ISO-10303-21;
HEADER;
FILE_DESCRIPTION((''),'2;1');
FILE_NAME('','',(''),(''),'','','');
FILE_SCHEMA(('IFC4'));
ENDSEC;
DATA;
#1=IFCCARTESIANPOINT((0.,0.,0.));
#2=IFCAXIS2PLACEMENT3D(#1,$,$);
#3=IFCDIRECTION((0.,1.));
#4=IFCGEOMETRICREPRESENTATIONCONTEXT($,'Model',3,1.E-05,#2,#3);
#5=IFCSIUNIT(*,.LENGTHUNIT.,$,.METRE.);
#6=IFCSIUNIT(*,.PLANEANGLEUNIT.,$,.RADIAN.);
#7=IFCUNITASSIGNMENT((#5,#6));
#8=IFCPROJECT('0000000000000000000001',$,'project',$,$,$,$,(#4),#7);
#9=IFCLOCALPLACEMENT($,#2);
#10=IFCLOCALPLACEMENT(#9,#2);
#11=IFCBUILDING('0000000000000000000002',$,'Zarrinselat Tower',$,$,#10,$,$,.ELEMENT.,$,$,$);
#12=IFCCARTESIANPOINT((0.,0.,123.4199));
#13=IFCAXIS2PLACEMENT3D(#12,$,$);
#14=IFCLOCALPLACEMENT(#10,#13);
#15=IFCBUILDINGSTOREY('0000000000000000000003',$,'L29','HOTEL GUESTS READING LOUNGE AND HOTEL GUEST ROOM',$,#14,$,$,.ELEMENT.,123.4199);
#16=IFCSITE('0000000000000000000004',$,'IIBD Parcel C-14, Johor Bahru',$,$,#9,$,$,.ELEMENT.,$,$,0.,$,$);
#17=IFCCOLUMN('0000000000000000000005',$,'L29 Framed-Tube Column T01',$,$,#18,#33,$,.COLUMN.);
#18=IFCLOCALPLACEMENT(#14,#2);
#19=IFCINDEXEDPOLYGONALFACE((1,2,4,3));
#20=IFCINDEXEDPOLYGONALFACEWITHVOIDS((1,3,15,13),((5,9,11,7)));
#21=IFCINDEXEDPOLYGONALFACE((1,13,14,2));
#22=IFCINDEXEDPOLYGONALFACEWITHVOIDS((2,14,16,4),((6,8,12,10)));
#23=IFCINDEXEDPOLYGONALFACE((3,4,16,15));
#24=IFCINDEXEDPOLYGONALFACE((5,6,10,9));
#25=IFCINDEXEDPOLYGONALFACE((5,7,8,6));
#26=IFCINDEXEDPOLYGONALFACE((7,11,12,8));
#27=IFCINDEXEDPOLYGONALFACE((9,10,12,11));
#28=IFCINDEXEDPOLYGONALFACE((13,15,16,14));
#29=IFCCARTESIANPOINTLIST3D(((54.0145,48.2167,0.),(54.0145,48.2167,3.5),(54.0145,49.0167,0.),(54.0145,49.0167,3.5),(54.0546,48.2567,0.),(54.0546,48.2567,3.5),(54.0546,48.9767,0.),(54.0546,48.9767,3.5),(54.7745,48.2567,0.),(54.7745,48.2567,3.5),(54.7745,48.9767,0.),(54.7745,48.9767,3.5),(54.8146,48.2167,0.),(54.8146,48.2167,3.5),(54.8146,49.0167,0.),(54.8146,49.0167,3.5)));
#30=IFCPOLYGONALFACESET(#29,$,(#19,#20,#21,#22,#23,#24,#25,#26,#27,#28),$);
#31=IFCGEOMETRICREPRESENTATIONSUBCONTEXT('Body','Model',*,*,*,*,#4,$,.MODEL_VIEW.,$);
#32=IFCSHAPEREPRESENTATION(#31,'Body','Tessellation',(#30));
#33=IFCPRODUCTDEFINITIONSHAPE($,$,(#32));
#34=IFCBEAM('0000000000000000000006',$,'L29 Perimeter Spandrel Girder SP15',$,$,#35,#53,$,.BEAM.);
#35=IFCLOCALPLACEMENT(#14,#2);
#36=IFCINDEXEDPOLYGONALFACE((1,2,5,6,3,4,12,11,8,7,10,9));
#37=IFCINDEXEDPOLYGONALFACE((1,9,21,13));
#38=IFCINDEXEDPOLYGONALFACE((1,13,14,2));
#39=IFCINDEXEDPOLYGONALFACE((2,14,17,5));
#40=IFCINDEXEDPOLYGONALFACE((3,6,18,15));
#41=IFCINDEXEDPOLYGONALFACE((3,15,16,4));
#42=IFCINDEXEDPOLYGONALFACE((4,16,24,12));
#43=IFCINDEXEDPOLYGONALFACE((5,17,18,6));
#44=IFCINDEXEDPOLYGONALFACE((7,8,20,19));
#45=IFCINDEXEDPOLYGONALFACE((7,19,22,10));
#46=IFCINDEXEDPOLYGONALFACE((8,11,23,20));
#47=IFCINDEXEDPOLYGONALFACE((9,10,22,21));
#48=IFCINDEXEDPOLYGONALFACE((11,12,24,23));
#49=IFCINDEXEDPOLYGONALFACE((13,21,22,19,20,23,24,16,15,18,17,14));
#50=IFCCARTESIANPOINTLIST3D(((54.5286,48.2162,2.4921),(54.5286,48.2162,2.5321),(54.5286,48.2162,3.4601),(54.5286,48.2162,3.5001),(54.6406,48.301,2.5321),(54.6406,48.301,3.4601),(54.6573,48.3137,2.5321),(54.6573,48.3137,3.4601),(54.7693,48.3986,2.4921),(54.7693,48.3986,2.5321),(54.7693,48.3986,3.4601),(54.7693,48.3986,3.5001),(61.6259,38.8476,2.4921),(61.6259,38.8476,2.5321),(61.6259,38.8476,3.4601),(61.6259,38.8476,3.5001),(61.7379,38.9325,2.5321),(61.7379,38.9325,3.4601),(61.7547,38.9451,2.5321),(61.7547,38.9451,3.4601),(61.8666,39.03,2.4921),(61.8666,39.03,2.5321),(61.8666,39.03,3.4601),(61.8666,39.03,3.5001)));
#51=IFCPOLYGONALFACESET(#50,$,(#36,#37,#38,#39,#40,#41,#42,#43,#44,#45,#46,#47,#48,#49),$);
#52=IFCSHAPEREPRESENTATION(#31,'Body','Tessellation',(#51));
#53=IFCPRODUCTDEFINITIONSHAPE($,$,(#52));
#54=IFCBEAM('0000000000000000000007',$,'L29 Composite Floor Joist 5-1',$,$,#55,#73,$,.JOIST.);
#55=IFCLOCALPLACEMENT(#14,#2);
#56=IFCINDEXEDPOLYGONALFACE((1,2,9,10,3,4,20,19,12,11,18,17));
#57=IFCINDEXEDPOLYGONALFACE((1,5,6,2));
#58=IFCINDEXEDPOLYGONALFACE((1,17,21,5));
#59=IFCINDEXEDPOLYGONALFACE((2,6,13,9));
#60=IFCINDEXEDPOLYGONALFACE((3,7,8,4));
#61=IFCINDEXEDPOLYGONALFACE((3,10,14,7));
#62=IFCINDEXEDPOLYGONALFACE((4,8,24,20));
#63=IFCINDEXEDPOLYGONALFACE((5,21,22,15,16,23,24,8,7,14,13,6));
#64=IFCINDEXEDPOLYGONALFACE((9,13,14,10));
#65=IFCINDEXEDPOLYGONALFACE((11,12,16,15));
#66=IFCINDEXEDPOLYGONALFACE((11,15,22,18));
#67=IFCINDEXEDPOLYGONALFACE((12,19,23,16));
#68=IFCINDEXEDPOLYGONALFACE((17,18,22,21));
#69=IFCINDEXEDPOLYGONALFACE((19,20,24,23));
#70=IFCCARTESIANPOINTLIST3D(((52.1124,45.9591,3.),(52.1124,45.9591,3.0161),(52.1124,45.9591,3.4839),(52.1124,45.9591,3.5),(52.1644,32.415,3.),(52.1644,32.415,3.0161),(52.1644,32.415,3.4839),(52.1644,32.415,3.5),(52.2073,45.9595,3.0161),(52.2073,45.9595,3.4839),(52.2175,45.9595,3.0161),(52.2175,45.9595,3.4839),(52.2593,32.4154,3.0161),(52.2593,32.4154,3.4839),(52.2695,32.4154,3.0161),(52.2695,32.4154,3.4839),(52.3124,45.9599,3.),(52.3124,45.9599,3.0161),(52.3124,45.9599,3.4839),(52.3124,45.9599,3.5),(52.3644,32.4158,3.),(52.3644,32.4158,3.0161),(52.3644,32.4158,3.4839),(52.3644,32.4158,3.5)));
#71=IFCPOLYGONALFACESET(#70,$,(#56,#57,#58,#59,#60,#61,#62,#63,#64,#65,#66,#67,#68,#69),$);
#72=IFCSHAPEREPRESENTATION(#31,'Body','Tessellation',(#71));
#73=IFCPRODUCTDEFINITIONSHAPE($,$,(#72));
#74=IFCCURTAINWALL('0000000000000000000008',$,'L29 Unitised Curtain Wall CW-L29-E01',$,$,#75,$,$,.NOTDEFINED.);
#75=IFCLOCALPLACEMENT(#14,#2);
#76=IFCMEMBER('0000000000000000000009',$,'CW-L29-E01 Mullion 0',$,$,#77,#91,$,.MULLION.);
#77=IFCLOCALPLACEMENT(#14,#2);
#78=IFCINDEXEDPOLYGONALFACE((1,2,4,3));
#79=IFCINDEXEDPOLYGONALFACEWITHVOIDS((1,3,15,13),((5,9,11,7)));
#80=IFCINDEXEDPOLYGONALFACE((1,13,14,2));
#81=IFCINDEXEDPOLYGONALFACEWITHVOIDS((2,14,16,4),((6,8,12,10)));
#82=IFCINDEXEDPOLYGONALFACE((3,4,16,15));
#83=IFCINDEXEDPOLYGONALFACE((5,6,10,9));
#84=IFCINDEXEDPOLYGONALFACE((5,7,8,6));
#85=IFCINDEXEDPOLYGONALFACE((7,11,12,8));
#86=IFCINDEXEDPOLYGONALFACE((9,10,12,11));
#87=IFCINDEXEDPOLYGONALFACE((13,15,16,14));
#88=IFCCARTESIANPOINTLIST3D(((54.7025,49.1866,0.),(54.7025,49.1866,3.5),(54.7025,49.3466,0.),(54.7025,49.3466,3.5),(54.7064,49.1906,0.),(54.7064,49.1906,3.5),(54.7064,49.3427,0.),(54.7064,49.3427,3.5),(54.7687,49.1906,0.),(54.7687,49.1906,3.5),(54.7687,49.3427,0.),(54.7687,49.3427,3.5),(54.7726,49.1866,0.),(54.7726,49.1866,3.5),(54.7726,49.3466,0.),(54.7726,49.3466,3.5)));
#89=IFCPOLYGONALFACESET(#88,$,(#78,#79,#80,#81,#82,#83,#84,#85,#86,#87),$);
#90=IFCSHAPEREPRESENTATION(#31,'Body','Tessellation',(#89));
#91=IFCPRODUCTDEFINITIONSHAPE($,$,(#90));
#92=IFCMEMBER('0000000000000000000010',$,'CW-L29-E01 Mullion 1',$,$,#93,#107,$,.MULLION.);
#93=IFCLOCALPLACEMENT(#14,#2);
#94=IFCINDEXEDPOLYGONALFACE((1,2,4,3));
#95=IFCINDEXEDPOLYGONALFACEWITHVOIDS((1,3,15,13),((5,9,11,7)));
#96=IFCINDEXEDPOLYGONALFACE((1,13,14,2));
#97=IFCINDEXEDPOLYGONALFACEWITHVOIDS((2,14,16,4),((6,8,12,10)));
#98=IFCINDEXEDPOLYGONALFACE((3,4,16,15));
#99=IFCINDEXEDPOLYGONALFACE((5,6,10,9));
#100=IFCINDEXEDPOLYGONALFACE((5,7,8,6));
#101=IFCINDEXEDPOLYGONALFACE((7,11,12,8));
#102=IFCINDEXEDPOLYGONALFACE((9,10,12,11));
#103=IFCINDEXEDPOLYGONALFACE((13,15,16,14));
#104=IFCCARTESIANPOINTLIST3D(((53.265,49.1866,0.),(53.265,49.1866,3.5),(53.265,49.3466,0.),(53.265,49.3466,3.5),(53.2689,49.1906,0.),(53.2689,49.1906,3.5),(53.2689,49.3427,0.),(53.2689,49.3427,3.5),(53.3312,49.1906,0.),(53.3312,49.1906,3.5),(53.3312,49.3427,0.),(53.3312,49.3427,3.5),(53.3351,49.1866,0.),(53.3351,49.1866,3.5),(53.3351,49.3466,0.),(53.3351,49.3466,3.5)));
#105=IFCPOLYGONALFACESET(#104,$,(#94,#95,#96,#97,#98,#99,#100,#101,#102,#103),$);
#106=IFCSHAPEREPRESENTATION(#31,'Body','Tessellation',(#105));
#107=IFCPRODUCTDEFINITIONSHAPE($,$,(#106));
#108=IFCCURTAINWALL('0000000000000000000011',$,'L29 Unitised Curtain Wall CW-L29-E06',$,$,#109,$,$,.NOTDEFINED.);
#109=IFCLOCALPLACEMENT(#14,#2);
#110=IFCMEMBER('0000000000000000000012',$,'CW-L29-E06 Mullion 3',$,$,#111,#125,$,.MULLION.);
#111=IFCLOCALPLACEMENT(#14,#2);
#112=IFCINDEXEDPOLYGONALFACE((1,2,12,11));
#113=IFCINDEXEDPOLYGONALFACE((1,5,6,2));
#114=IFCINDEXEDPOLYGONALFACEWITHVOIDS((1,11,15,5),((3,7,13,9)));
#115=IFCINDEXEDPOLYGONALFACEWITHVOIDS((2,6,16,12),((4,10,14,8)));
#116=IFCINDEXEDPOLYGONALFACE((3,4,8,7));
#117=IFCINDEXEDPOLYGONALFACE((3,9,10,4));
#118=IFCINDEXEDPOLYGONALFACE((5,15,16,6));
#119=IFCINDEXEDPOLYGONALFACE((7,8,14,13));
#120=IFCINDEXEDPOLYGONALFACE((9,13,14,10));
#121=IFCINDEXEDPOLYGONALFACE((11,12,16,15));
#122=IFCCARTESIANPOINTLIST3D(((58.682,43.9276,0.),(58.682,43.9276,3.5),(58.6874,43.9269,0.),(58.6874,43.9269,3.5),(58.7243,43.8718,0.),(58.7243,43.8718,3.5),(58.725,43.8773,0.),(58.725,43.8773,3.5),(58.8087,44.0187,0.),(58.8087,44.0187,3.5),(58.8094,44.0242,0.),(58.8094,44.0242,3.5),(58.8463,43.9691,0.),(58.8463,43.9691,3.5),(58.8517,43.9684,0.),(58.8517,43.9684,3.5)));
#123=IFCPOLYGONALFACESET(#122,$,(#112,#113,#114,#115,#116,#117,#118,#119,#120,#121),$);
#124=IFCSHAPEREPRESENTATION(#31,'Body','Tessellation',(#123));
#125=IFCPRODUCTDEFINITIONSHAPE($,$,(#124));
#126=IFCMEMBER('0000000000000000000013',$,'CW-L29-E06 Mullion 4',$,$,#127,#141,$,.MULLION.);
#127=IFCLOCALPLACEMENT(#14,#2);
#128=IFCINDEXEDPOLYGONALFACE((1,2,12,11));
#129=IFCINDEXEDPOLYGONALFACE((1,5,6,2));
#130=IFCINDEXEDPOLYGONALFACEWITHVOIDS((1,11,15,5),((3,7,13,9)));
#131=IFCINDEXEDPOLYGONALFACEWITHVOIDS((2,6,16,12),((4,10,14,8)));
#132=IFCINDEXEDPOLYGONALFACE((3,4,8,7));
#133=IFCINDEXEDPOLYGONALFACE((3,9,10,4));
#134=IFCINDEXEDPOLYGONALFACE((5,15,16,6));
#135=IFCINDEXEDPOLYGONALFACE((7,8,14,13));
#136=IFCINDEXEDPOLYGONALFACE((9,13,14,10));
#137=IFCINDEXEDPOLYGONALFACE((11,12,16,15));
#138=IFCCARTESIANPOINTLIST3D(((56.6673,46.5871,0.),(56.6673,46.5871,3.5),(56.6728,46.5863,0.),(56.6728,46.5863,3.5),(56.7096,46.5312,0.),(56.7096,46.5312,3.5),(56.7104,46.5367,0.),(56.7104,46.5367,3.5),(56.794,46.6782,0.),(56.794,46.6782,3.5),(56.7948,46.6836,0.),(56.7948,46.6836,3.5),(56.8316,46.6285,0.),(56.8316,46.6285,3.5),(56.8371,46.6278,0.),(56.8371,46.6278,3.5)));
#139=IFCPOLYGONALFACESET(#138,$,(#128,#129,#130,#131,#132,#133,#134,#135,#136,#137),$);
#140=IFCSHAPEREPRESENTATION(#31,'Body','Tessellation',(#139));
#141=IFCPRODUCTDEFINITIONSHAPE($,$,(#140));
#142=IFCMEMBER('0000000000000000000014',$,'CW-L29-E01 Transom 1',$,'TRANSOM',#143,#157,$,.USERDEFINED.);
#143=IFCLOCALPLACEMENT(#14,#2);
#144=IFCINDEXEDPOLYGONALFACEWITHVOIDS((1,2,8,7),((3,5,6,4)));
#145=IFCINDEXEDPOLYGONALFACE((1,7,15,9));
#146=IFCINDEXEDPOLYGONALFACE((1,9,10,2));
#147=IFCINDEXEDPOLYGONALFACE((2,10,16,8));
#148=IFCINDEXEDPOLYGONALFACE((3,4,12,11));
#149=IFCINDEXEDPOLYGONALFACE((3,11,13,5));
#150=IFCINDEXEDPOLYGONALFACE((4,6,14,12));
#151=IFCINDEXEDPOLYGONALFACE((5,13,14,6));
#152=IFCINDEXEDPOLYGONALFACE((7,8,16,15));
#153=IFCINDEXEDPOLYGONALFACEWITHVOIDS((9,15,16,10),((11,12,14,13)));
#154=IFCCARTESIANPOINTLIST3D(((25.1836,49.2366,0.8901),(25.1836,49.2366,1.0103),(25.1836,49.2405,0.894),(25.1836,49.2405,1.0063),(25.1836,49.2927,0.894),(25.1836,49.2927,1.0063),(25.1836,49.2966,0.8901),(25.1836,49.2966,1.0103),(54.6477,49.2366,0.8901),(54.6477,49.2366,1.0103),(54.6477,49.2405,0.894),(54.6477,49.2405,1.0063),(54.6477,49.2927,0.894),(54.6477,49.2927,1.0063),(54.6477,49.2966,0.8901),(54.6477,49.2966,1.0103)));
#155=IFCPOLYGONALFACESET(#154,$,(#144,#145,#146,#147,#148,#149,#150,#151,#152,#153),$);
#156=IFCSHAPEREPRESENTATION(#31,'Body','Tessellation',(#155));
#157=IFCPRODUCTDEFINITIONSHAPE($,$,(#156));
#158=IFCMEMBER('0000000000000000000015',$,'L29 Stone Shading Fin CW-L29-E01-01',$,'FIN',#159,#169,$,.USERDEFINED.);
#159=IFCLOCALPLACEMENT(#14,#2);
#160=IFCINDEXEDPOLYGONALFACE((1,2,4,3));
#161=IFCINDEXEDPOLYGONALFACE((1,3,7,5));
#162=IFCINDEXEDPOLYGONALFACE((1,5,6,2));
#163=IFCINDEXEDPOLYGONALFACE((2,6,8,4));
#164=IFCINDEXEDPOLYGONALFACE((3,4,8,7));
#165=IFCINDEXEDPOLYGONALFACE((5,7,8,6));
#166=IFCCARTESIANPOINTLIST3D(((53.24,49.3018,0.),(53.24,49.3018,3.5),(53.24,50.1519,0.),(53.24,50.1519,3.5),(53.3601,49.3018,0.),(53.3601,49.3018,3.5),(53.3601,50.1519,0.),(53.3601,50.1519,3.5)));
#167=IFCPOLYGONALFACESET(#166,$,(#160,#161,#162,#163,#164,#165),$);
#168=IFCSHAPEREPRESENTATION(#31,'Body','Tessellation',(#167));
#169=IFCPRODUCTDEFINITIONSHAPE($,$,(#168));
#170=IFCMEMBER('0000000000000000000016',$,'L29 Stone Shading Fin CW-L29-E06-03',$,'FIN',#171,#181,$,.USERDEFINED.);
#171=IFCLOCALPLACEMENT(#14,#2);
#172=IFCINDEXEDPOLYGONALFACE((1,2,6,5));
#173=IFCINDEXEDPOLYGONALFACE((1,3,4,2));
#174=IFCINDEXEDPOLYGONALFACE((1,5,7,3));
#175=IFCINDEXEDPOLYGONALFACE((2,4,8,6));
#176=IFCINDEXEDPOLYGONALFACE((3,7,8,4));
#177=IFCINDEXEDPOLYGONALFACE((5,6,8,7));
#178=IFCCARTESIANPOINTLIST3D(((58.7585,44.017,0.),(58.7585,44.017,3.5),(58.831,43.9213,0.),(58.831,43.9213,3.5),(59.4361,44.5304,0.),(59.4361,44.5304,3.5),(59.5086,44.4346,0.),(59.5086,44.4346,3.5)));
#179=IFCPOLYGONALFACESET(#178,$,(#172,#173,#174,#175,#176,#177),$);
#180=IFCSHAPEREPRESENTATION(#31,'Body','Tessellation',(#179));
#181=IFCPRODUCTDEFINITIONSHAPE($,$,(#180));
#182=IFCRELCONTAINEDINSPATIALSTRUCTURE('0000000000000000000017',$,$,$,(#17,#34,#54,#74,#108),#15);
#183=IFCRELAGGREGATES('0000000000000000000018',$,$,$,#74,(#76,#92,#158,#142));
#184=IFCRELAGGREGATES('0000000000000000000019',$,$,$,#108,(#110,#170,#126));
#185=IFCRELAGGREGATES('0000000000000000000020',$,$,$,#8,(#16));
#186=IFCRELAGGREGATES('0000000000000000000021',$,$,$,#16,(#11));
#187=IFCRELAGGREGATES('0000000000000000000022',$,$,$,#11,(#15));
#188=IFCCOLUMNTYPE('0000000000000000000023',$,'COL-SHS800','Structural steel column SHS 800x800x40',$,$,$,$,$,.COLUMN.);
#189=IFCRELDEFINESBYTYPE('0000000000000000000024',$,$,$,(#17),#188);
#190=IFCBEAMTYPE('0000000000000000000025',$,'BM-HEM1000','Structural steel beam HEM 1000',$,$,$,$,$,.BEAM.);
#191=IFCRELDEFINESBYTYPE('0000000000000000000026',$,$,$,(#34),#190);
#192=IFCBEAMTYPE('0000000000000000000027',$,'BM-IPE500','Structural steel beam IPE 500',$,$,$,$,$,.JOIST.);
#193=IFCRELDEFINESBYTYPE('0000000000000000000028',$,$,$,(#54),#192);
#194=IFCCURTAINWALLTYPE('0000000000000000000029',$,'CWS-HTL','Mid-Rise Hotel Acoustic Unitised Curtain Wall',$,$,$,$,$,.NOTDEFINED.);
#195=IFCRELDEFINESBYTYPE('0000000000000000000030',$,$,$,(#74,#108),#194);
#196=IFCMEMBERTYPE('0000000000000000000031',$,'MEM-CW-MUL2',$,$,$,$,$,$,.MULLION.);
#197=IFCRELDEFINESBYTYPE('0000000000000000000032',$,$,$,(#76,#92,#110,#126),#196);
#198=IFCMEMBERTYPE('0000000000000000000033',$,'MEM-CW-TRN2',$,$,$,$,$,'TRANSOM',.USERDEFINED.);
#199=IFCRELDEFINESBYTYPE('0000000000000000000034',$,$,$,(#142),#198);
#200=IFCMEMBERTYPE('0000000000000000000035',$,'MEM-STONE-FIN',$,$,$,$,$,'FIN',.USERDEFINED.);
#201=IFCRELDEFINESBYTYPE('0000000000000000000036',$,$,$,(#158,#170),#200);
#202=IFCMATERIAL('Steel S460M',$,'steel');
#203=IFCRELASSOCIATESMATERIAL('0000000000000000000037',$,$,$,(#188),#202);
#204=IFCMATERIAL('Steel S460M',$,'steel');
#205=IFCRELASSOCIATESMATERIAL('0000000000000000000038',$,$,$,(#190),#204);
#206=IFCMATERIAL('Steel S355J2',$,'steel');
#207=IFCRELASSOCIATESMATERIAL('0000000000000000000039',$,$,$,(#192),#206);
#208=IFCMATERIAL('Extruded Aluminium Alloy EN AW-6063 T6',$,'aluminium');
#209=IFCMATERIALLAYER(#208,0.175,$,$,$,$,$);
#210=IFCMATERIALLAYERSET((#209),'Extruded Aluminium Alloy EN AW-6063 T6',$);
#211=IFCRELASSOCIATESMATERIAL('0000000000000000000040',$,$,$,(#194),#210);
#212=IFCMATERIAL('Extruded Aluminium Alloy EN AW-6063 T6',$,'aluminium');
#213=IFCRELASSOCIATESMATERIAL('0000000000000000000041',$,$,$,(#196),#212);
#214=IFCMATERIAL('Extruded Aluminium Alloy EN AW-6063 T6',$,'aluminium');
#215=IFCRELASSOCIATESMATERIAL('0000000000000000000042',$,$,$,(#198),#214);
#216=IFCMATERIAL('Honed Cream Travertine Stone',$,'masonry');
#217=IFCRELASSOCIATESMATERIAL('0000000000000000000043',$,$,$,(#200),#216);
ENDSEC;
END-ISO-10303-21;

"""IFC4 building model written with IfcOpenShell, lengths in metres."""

from ifc_helpers import new_model, si_unit, direction, frame, origin, origin_2d, place, context, subcontext, project, spatial, rectangle, hollow_rectangle, i_section, extrude, material, layer, layer_set, material_profile, profile_set, type_object, element, aggregate, save


model = new_model("IFC4")

# Units and contexts
model_context = context("Model", 3, precision=1e-05, world=origin(), true_north=direction((0.0, 1.0)))
body_context = subcontext(model_context, "Body", "Model", "MODEL_VIEW")
ifc_project = project(units=[si_unit("LENGTHUNIT", "METRE"), si_unit("PLANEANGLEUNIT", "RADIAN")], contexts=[model_context])

# Site, building, storey
site_placement = place(None, origin())
site = spatial("IfcSite", under=ifc_project, at=site_placement, Name="IIBD Parcel C-14, Johor Bahru", CompositionType="ELEMENT", RefElevation=0.0)
building_placement = place(site_placement, origin())
building = spatial("IfcBuilding", under=site, at=building_placement, Name="Zarrinselat Tower", CompositionType="ELEMENT")
storey_placement = place(building_placement, frame((0.0, 0.0, 123.4199)))
storey = spatial("IfcBuildingStorey", under=building, at=storey_placement, Name="L29", Description="HOTEL GUESTS READING LOUNGE AND HOTEL GUEST ROOM", CompositionType="ELEMENT", Elevation=123.4199)

# Column
ifc_material_1 = material(Name="Steel S460M", Category="steel")
ifc_material_profile_1 = material_profile(ifc_material_1, hollow_rectangle(XDim=0.8, YDim=0.8, WallThickness=0.04, at=origin_2d()), Name="SHS 800x800x40")
ifc_profile_set_1 = profile_set([ifc_material_profile_1], Name="Steel S460M")
column_type = type_object("IfcColumnType", Name="COL-SHS800", Description="Structural steel column SHS 800x800x40", PredefinedType="COLUMN", material=ifc_profile_set_1)
column_placement = place(storey_placement, frame((54.4146, 48.6167, 0.0), z_axis=(0.0, 0.0, 1.0), x_axis=(1.0, 0.0, 0.0)))
element("IfcColumn", 1, at=column_placement, inside=storey, type_object=column_type, Name="L29 Framed-Tube Column T01", PredefinedType="COLUMN", context=body_context, shape_type="SweptSolid", body=[
    extrude(hollow_rectangle(XDim=0.8, YDim=0.8, WallThickness=0.04, at=origin_2d()), origin(), (0.0, 0.0, 1.0), 3.5),
])

# Beams
ifc_material_2 = material(Name="Steel S460M", Category="steel")
ifc_material_profile_2 = material_profile(ifc_material_2, i_section(OverallWidth=0.302, OverallDepth=1.0081, WebThickness=0.021, FlangeThickness=0.04, at=origin_2d()), Name="HEM 1000")
ifc_profile_set_2 = profile_set([ifc_material_profile_2], Name="Steel S460M")
beam_type_1 = type_object("IfcBeamType", Name="BM-HEM1000", Description="Structural steel beam HEM 1000", PredefinedType="BEAM", material=ifc_profile_set_2)
beam_1_placement = place(storey_placement, frame((54.6489, 48.3074, 2.9961), z_axis=(0.603855, -0.797094, 0.0), x_axis=(0.797094, 0.603855, 0.0)))
element("IfcBeam", 2, at=beam_1_placement, inside=storey, type_object=beam_type_1, Name="L29 Perimeter Spandrel Girder SP15", PredefinedType="BEAM", context=body_context, shape_type="SweptSolid", body=[
    extrude(i_section(OverallWidth=0.302, OverallDepth=1.0081, WebThickness=0.021, FlangeThickness=0.04, at=origin_2d()), origin(), (0.0, 0.0, 1.0), 11.7534),
])
ifc_material_3 = material(Name="Steel S355J2", Category="steel")
ifc_material_profile_3 = material_profile(ifc_material_3, i_section(OverallWidth=0.2, OverallDepth=0.5, WebThickness=0.0103, FlangeThickness=0.0161, at=origin_2d()), Name="IPE 500")
ifc_profile_set_3 = profile_set([ifc_material_profile_3], Name="Steel S355J2")
beam_type_2 = type_object("IfcBeamType", Name="BM-IPE500", Description="Structural steel beam IPE 500", PredefinedType="JOIST", material=ifc_profile_set_3)
beam_2_placement = place(storey_placement, frame((52.2124, 45.9595, 3.25), z_axis=(0.003839, -0.999993, 0.0), x_axis=(0.999993, 0.003839, 0.0)))
element("IfcBeam", 3, at=beam_2_placement, inside=storey, type_object=beam_type_2, Name="L29 Composite Floor Joist 5-1", PredefinedType="JOIST", context=body_context, shape_type="SweptSolid", body=[
    extrude(i_section(OverallWidth=0.2, OverallDepth=0.5, WebThickness=0.0103, FlangeThickness=0.0161, at=origin_2d()), origin(), (0.0, 0.0, 1.0), 13.5442),
])

# Curtain walls, members
ifc_material_4 = material(Name="Extruded Aluminium Alloy EN AW-6063 T6", Category="aluminium")
ifc_layer_1 = layer(ifc_material_4, 0.175)
ifc_layer_set_1 = layer_set([ifc_layer_1], Name="Extruded Aluminium Alloy EN AW-6063 T6")
curtain_wall_type = type_object("IfcCurtainWallType", Name="CWS-HTL", Description="Mid-Rise Hotel Acoustic Unitised Curtain Wall", PredefinedType="NOTDEFINED", material=ifc_layer_set_1)
curtain_wall_1_placement = place(storey_placement, origin())
curtain_wall_1 = element("IfcCurtainWall", 4, at=curtain_wall_1_placement, inside=storey, type_object=curtain_wall_type, Name="L29 Unitised Curtain Wall CW-L29-E01", PredefinedType="NOTDEFINED")
ifc_material_5 = material(Name="Extruded Aluminium Alloy EN AW-6063 T6", Category="aluminium")
ifc_material_profile_4 = material_profile(ifc_material_5, hollow_rectangle(XDim=0.0701, YDim=0.1599, WallThickness=0.0039, at=origin_2d()), Name="RHS 160x70x4")
ifc_profile_set_4 = profile_set([ifc_material_profile_4], Name="Extruded Aluminium Alloy EN AW-6063 T6")
member_type_1 = type_object("IfcMemberType", Name="MEM-CW-MUL2", PredefinedType="MULLION", material=ifc_profile_set_4)
member_1_placement = place(storey_placement, frame((54.7375, 49.2666, 0.0), z_axis=(0.0, 0.0, 1.0), x_axis=(-1.0, 0.0, 0.0)))
member_1 = element("IfcMember", 5, at=member_1_placement, type_object=member_type_1, Name="CW-L29-E01 Mullion 0", PredefinedType="MULLION", context=body_context, shape_type="SweptSolid", body=[
    extrude(hollow_rectangle(XDim=0.0701, YDim=0.1599, WallThickness=0.0039, at=origin_2d()), origin(), (0.0, 0.0, 1.0), 3.5),
])
member_2_placement = place(storey_placement, frame((53.3, 49.2666, 0.0), z_axis=(0.0, 0.0, 1.0), x_axis=(-1.0, 0.0, 0.0)))
member_2 = element("IfcMember", 6, at=member_2_placement, type_object=member_type_1, Name="CW-L29-E01 Mullion 1", PredefinedType="MULLION", context=body_context, shape_type="SweptSolid", body=[
    extrude(hollow_rectangle(XDim=0.0701, YDim=0.1599, WallThickness=0.0039, at=origin_2d()), origin(), (0.0, 0.0, 1.0), 3.5),
])
curtain_wall_2_placement = place(storey_placement, origin())
curtain_wall_2 = element("IfcCurtainWall", 7, at=curtain_wall_2_placement, inside=storey, type_object=curtain_wall_type, Name="L29 Unitised Curtain Wall CW-L29-E06", PredefinedType="NOTDEFINED")
member_3_placement = place(storey_placement, frame((58.7668, 43.948, 0.0), z_axis=(0.0, 0.0, 1.0), x_axis=(-0.603858, 0.797092, 0.0)))
member_3 = element("IfcMember", 8, at=member_3_placement, type_object=member_type_1, Name="CW-L29-E06 Mullion 3", PredefinedType="MULLION", context=body_context, shape_type="SweptSolid", body=[
    extrude(hollow_rectangle(XDim=0.0701, YDim=0.1599, WallThickness=0.0039, at=origin_2d()), origin(), (0.0, 0.0, 1.0), 3.5),
])
member_4_placement = place(storey_placement, frame((56.7522, 46.6074, 0.0), z_axis=(0.0, 0.0, 1.0), x_axis=(-0.603858, 0.797092, 0.0)))
member_4 = element("IfcMember", 9, at=member_4_placement, type_object=member_type_1, Name="CW-L29-E06 Mullion 4", PredefinedType="MULLION", context=body_context, shape_type="SweptSolid", body=[
    extrude(hollow_rectangle(XDim=0.0701, YDim=0.1599, WallThickness=0.0039, at=origin_2d()), origin(), (0.0, 0.0, 1.0), 3.5),
])

# Members
ifc_material_6 = material(Name="Extruded Aluminium Alloy EN AW-6063 T6", Category="aluminium")
ifc_material_profile_5 = material_profile(ifc_material_6, hollow_rectangle(XDim=0.0601, YDim=0.1201, WallThickness=0.0039, at=origin_2d()), Name="RHS 120x60x4")
ifc_profile_set_5 = profile_set([ifc_material_profile_5], Name="Extruded Aluminium Alloy EN AW-6063 T6")
member_type_2 = type_object("IfcMemberType", Name="MEM-CW-TRN2", ElementType="TRANSOM", PredefinedType="USERDEFINED", material=ifc_profile_set_5)
member_5_placement = place(storey_placement, frame((54.6477, 49.2666, 0.9502), z_axis=(-1.0, 0.0, 0.0), x_axis=(0.0, -1.0, 0.0)))
member_5 = element("IfcMember", 10, at=member_5_placement, type_object=member_type_2, Name="CW-L29-E01 Transom 1", ObjectType="TRANSOM", PredefinedType="USERDEFINED", context=body_context, shape_type="SweptSolid", body=[
    extrude(hollow_rectangle(XDim=0.0601, YDim=0.1201, WallThickness=0.0039, at=origin_2d()), origin(), (0.0, 0.0, 1.0), 29.4641),
])
ifc_material_7 = material(Name="Honed Cream Travertine Stone", Category="masonry")
ifc_material_profile_6 = material_profile(ifc_material_7, rectangle(XDim=0.1201, YDim=0.8501, at=origin_2d()), Name="FIN 850x120")
ifc_profile_set_6 = profile_set([ifc_material_profile_6], Name="Honed Cream Travertine Stone")
member_type_3 = type_object("IfcMemberType", Name="MEM-STONE-FIN", ElementType="FIN", PredefinedType="USERDEFINED", material=ifc_profile_set_6)
member_6_placement = place(storey_placement, frame((53.3, 49.7268, 0.0), z_axis=(0.0, 0.0, 1.0), x_axis=(1.0, 0.0, 0.0)))
member_6 = element("IfcMember", 11, at=member_6_placement, type_object=member_type_3, Name="L29 Stone Shading Fin CW-L29-E01-01", ObjectType="FIN", PredefinedType="USERDEFINED", context=body_context, shape_type="SweptSolid", body=[
    extrude(rectangle(XDim=0.1201, YDim=0.8501, at=origin_2d()), origin(), (0.0, 0.0, 1.0), 3.5),
])
member_7_placement = place(storey_placement, frame((59.1335, 44.2258, 0.0), z_axis=(0.0, 0.0, 1.0), x_axis=(0.603858, -0.797092, 0.0)))
member_7 = element("IfcMember", 12, at=member_7_placement, type_object=member_type_3, Name="L29 Stone Shading Fin CW-L29-E06-03", ObjectType="FIN", PredefinedType="USERDEFINED", context=body_context, shape_type="SweptSolid", body=[
    extrude(rectangle(XDim=0.1201, YDim=0.8501, at=origin_2d()), origin(), (0.0, 0.0, 1.0), 3.5),
])

aggregate(curtain_wall_1, [member_1, member_2, member_6, member_5])
aggregate(curtain_wall_2, [member_3, member_7, member_4])

save(model, "model.ifc")
